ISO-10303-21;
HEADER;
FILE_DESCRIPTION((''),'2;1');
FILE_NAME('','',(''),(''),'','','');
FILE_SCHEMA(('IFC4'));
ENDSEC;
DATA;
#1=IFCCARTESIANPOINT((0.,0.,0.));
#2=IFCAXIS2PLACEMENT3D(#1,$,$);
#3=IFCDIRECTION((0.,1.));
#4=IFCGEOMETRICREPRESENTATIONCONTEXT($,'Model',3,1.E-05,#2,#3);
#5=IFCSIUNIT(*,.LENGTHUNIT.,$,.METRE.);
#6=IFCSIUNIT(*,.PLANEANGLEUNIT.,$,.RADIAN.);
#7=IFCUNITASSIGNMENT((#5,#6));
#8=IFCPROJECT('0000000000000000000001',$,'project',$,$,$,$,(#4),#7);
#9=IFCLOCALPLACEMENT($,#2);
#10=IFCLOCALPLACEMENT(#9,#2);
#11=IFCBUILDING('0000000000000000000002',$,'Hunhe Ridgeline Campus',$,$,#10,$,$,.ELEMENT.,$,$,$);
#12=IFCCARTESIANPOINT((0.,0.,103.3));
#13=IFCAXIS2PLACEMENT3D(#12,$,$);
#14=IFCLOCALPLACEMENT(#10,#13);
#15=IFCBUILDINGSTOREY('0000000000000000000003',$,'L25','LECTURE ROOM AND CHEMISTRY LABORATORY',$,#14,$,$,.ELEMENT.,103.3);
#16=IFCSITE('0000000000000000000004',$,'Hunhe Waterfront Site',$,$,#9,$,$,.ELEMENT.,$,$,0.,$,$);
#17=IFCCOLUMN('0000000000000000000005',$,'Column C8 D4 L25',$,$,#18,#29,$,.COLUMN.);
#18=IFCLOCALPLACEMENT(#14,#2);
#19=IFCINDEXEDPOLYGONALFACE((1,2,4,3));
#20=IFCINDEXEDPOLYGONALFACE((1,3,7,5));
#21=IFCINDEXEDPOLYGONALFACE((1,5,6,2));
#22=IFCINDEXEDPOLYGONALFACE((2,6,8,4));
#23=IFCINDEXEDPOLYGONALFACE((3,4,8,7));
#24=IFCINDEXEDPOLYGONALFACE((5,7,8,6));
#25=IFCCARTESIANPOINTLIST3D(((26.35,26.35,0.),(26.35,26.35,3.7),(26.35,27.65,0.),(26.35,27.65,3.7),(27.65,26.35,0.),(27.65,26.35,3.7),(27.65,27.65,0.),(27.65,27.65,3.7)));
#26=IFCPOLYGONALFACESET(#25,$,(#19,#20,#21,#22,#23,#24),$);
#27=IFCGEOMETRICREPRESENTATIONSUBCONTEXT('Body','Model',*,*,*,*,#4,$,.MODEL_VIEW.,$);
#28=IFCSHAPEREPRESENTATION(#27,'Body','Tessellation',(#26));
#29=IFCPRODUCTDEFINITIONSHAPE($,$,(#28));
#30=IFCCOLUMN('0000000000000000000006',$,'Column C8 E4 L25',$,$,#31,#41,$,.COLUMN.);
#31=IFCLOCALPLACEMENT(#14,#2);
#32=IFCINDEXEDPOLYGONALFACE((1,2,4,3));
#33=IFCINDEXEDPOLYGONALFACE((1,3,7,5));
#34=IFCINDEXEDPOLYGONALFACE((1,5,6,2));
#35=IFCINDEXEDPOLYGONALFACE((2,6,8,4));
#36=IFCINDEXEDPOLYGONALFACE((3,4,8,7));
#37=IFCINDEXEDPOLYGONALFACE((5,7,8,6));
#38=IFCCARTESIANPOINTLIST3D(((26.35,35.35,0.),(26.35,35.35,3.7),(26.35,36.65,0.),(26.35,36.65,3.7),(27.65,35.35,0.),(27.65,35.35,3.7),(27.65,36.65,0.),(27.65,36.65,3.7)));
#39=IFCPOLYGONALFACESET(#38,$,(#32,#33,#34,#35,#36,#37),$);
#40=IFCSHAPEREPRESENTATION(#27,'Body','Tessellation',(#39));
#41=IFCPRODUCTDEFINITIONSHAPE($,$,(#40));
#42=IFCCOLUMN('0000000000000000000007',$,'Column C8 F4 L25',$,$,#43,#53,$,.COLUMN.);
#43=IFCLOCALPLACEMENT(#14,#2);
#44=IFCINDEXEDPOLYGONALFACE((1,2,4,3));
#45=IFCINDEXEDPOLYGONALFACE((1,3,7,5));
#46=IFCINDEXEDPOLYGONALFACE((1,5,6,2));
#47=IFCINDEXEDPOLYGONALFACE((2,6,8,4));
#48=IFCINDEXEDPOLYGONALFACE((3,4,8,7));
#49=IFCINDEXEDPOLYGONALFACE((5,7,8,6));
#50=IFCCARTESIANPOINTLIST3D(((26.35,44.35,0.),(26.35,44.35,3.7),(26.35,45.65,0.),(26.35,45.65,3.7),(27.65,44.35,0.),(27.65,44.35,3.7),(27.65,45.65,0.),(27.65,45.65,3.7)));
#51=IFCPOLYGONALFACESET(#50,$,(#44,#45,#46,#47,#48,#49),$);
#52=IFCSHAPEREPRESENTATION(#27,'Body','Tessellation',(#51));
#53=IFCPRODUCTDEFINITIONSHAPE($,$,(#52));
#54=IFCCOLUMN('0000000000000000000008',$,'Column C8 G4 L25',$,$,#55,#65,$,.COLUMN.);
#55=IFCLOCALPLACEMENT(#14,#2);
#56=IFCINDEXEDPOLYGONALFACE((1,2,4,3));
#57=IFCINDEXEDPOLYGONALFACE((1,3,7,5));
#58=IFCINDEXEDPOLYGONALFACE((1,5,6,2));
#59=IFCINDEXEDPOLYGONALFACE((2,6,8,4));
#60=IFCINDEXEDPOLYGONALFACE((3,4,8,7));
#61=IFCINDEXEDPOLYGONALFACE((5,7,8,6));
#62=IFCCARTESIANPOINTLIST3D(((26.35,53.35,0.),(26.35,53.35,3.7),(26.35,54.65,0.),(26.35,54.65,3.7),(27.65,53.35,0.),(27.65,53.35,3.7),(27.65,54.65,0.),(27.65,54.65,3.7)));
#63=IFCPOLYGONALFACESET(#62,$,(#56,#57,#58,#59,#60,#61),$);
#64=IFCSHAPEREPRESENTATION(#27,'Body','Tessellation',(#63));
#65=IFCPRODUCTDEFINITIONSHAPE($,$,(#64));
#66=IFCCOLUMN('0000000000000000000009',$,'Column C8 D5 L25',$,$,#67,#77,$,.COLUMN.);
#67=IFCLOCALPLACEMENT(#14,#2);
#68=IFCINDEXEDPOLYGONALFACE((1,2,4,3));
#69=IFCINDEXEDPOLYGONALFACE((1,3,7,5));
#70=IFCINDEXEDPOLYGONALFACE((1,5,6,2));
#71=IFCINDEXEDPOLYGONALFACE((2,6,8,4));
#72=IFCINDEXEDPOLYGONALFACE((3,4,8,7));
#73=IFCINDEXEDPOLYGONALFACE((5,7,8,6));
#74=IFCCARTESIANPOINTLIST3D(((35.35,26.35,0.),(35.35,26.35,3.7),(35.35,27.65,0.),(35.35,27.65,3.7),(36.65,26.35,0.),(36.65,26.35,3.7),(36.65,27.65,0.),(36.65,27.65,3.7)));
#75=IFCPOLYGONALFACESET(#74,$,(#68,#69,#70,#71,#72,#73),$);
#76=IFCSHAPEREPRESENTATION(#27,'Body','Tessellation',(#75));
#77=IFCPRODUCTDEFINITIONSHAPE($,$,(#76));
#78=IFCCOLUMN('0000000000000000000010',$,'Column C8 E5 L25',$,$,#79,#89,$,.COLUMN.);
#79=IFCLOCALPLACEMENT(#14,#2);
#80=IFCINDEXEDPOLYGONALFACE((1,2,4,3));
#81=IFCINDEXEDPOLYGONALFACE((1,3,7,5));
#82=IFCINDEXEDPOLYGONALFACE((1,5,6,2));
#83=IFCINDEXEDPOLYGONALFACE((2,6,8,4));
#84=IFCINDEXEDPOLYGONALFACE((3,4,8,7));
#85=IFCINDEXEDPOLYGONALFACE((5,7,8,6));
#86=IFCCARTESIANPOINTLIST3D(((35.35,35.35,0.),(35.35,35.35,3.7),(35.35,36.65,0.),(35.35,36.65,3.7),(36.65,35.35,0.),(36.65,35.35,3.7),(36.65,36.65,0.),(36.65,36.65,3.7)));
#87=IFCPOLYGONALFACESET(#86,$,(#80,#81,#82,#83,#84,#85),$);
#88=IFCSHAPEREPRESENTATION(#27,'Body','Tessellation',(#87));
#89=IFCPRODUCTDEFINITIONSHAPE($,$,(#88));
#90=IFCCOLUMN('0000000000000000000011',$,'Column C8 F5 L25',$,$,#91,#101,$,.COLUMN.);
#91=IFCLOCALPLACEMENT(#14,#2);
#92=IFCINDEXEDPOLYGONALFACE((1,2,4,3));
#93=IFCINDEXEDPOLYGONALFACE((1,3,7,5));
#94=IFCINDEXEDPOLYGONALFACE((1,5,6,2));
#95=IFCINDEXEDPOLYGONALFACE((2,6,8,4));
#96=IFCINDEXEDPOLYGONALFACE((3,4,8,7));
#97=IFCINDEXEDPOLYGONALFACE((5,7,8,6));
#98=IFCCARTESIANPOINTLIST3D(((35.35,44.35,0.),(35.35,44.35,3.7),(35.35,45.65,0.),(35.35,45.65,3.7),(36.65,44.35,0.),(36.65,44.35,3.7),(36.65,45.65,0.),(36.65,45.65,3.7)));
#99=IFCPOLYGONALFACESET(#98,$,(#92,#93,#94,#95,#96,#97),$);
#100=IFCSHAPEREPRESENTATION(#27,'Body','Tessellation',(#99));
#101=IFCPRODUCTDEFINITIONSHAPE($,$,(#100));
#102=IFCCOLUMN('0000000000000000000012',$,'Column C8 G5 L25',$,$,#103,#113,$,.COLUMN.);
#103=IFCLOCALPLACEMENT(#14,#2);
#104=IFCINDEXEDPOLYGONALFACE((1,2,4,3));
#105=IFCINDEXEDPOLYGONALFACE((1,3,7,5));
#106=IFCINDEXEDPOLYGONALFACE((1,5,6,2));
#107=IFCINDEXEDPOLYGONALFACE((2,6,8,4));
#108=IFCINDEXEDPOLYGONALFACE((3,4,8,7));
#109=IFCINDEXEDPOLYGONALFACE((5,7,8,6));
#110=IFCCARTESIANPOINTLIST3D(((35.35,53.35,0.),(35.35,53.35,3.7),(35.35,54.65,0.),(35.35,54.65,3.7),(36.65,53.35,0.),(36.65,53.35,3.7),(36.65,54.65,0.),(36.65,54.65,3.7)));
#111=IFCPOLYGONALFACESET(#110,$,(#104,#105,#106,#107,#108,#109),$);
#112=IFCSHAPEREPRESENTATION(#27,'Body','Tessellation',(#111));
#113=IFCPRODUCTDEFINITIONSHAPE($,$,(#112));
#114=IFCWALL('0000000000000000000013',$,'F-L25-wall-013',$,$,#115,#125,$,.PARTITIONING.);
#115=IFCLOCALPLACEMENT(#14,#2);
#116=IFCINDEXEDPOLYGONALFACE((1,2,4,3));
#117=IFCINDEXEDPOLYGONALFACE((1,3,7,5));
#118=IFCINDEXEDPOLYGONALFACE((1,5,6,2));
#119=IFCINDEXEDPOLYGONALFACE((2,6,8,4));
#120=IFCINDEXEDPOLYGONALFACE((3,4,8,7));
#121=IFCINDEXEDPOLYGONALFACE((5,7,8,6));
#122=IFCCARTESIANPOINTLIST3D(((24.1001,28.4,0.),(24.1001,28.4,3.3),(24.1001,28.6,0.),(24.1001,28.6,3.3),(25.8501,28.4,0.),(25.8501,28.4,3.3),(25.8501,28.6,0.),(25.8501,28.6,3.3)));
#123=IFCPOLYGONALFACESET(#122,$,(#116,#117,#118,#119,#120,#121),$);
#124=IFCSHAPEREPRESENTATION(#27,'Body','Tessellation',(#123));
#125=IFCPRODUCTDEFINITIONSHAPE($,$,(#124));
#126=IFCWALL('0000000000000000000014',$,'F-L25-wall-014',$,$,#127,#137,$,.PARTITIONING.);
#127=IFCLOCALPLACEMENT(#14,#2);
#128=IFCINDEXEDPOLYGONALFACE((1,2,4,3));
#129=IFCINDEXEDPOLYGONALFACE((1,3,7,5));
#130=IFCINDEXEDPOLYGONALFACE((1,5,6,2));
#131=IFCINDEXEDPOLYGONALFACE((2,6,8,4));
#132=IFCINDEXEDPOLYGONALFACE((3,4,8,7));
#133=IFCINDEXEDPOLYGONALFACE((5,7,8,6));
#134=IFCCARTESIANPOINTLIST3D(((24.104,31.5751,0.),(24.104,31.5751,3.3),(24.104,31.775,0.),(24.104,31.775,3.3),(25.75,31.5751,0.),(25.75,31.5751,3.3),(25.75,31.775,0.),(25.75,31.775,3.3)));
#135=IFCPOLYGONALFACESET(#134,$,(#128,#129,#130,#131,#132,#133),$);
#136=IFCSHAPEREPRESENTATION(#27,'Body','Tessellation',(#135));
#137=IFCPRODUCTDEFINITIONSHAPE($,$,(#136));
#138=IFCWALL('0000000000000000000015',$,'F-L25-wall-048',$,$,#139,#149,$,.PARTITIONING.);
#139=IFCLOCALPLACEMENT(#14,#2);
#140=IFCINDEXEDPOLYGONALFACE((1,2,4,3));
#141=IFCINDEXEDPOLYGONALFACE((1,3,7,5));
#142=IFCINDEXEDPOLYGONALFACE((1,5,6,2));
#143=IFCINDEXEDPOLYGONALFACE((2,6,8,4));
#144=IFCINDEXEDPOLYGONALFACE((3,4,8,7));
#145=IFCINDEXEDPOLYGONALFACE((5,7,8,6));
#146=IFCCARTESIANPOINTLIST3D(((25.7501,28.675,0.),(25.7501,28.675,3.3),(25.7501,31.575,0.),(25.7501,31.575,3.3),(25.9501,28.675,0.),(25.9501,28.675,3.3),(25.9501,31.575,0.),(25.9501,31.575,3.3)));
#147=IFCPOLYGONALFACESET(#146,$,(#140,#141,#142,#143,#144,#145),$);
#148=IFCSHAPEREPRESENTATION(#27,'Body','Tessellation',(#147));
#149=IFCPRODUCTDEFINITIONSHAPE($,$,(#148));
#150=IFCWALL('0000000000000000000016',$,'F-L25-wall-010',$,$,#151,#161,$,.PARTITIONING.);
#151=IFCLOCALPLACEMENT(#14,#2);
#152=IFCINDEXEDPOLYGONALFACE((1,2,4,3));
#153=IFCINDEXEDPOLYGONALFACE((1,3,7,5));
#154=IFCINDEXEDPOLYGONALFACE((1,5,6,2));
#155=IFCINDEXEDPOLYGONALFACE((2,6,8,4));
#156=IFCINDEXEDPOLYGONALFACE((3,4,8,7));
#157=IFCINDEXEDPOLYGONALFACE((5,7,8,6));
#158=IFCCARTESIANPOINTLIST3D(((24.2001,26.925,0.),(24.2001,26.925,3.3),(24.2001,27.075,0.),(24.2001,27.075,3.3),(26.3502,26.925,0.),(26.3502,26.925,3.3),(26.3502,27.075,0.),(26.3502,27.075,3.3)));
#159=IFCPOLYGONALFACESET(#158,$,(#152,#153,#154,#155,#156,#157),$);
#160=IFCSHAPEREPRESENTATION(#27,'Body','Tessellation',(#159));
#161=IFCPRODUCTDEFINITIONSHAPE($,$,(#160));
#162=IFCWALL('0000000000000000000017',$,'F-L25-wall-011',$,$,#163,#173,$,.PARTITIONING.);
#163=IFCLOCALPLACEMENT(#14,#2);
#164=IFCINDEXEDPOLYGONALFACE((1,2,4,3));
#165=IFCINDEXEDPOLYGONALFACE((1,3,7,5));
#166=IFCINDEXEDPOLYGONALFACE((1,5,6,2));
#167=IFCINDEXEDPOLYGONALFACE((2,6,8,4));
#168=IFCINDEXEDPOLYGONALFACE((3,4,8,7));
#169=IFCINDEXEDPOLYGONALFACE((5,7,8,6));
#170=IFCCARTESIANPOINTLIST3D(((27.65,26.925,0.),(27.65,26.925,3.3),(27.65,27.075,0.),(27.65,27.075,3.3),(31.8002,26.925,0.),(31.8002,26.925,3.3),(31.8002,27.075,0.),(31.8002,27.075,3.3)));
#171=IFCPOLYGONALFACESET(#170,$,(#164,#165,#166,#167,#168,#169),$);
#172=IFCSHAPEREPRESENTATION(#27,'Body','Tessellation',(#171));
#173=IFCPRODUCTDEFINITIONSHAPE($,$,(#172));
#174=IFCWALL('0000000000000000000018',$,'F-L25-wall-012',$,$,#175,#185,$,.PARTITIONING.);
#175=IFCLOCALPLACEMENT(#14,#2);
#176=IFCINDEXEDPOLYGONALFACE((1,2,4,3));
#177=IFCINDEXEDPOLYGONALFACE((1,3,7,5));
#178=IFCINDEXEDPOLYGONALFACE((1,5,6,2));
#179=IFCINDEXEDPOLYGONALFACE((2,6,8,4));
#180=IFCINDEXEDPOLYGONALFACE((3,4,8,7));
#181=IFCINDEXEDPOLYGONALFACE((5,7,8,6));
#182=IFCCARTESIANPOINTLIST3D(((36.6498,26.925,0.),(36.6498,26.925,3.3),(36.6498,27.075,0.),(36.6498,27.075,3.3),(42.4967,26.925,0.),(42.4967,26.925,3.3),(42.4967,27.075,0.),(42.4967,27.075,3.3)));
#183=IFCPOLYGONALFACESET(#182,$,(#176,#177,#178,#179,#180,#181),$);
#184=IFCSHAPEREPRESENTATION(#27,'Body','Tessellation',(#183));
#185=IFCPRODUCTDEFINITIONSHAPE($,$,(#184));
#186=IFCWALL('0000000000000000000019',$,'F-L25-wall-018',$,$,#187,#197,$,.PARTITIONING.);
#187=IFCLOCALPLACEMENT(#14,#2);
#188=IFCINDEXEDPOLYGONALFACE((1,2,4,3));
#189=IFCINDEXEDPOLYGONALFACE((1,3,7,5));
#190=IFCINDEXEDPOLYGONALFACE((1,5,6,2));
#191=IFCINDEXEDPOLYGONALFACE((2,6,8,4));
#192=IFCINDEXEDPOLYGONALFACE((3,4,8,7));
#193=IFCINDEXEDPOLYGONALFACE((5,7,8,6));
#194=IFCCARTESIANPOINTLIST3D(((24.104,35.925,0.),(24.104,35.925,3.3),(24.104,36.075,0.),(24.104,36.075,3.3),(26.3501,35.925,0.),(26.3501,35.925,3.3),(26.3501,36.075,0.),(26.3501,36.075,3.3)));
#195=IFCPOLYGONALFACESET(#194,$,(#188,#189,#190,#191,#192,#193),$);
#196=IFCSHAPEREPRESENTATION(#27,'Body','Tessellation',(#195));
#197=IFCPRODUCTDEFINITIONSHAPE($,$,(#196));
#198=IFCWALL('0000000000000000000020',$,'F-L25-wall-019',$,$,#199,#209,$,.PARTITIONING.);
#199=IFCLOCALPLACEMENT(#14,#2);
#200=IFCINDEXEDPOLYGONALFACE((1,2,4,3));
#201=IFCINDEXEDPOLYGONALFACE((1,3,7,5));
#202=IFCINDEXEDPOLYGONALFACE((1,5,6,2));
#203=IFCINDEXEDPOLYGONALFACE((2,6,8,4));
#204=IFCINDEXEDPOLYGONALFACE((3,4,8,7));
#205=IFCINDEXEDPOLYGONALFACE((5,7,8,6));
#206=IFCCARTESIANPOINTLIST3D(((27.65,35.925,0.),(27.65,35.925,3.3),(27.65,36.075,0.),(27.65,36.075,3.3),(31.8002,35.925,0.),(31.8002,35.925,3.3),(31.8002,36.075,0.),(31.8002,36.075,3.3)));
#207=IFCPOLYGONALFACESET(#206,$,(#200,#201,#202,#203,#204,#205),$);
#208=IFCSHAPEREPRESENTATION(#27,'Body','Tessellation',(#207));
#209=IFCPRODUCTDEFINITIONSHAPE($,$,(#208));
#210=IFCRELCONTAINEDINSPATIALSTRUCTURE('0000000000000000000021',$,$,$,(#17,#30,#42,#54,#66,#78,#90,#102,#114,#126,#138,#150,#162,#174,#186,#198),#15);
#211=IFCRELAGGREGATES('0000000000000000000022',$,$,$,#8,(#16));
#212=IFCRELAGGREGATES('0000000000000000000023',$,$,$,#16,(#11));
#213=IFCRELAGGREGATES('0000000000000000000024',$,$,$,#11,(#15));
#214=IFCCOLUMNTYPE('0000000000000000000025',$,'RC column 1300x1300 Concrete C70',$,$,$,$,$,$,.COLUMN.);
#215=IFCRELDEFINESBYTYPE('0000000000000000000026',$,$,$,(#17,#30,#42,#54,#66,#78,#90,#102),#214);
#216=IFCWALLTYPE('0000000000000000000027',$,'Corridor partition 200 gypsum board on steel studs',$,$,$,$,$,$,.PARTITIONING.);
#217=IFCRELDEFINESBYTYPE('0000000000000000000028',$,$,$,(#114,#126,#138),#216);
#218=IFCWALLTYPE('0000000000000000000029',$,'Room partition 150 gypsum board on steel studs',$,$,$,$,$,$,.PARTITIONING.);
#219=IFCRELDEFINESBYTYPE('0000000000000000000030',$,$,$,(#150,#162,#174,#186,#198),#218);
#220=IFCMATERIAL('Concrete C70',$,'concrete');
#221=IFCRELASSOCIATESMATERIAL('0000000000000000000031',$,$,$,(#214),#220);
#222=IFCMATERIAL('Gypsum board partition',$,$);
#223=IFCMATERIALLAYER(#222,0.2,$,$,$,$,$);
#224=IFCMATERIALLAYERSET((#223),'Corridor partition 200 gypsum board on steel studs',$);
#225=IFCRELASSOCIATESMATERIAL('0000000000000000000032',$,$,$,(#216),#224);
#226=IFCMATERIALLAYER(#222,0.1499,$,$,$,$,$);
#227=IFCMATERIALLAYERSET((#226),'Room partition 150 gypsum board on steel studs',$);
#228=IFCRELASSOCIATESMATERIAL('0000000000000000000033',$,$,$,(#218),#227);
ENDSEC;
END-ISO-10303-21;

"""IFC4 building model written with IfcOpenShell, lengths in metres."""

from ifc_helpers import new_model, si_unit, direction, frame, frame_2d, origin, origin_2d, place, context, subcontext, project, spatial, rectangle, extrude, material, layer, layer_set, material_profile, profile_set, type_object, element, save


model = new_model("IFC4")

# Units and contexts
model_context = context("Model", 3, precision=1e-05, world=origin(), true_north=direction((0.0, 1.0)))
body_context = subcontext(model_context, "Body", "Model", "MODEL_VIEW")
ifc_project = project(units=[si_unit("LENGTHUNIT", "METRE"), si_unit("PLANEANGLEUNIT", "RADIAN")], contexts=[model_context])

# Site, building, storey
site_placement = place(None, origin())
site = spatial("IfcSite", under=ifc_project, at=site_placement, Name="Hunhe Waterfront Site", CompositionType="ELEMENT", RefElevation=0.0)
building_placement = place(site_placement, origin())
building = spatial("IfcBuilding", under=site, at=building_placement, Name="Hunhe Ridgeline Campus", CompositionType="ELEMENT")
storey_placement = place(building_placement, frame((0.0, 0.0, 103.3)))
storey = spatial("IfcBuildingStorey", under=building, at=storey_placement, Name="L25", Description="LECTURE ROOM AND CHEMISTRY LABORATORY", CompositionType="ELEMENT", Elevation=103.3)

# Columns
ifc_material_1 = material(Name="Concrete C70", Category="concrete")
ifc_material_profile = material_profile(ifc_material_1, rectangle(XDim=1.3, YDim=1.3, at=origin_2d()))
ifc_profile_set = profile_set([ifc_material_profile], Name="Concrete C70")
column_type = type_object("IfcColumnType", Name="RC column 1300x1300 Concrete C70", PredefinedType="COLUMN", material=ifc_profile_set)
for number, where, z_axis, x_axis, name in (
    (1, (27.0, 27.0, 0.0), (0.0, 0.0, 1.0), (1.0, 0.0, 0.0), "Column C8 D4 L25"),
    (2, (27.0, 36.0, 0.0), (0.0, 0.0, 1.0), (1.0, 0.0, 0.0), "Column C8 E4 L25"),
    (3, (27.0, 45.0, 0.0), (0.0, 0.0, 1.0), (1.0, 0.0, 0.0), "Column C8 F4 L25"),
    (4, (27.0, 54.0, 0.0), (0.0, 0.0, 1.0), (1.0, 0.0, 0.0), "Column C8 G4 L25"),
    (5, (36.0, 27.0, 0.0), (0.0, 0.0, 1.0), (1.0, 0.0, 0.0), "Column C8 D5 L25"),
    (6, (36.0, 36.0, 0.0), (0.0, 0.0, 1.0), (1.0, 0.0, 0.0), "Column C8 E5 L25"),
    (7, (36.0, 45.0, 0.0), (0.0, 0.0, 1.0), (1.0, 0.0, 0.0), "Column C8 F5 L25"),
    (8, (36.0, 54.0, 0.0), (0.0, 0.0, 1.0), (1.0, 0.0, 0.0), "Column C8 G5 L25"),
):
    element("IfcColumn", number, at=place(storey_placement, frame(where, z_axis=z_axis, x_axis=x_axis)), inside=storey, type_object=column_type, Name=name, PredefinedType="COLUMN", context=body_context, shape_type="SweptSolid", body=[
        extrude(rectangle(XDim=1.3, YDim=1.3, at=origin_2d()), origin(), (0.0, 0.0, 1.0), 3.7),
    ])

# Walls
ifc_material_2 = material(Name="Gypsum board partition")
ifc_layer_1 = layer(ifc_material_2, 0.2)
ifc_layer_set_1 = layer_set([ifc_layer_1], Name="Corridor partition 200 gypsum board on steel studs")
wall_type_1 = type_object("IfcWallType", Name="Corridor partition 200 gypsum board on steel studs", PredefinedType="PARTITIONING", material=ifc_layer_set_1)
wall_1_placement = place(storey_placement, frame((25.8501, 28.5, 0.0), z_axis=(0.0, 0.0, 1.0), x_axis=(-1.0, 0.0, 0.0)))
element("IfcWall", 9, at=wall_1_placement, inside=storey, type_object=wall_type_1, Name="F-L25-wall-013", PredefinedType="PARTITIONING", context=body_context, shape_type="SweptSolid", body=[
    extrude(rectangle(XDim=1.75, YDim=0.2, at=frame_2d((0.875, 0.0))), origin(), (0.0, 0.0, 1.0), 3.3),
])
wall_2_placement = place(storey_placement, frame((24.104, 31.675, 0.0), z_axis=(0.0, 0.0, 1.0), x_axis=(1.0, 0.0, 0.0)))
element("IfcWall", 10, at=wall_2_placement, inside=storey, type_object=wall_type_1, Name="F-L25-wall-014", PredefinedType="PARTITIONING", context=body_context, shape_type="SweptSolid", body=[
    extrude(rectangle(XDim=1.646, YDim=0.2, at=frame_2d((0.823, 0.0))), origin(), (0.0, 0.0, 1.0), 3.3),
])

# Walls
wall_3_placement = place(storey_placement, frame((25.8501, 31.575, 0.0), z_axis=(0.0, 0.0, 1.0), x_axis=(0.0, -1.0, 0.0)))
element("IfcWall", 11, at=wall_3_placement, inside=storey, type_object=wall_type_1, Name="F-L25-wall-048", PredefinedType="PARTITIONING", context=body_context, shape_type="SweptSolid", body=[
    extrude(rectangle(XDim=2.8999, YDim=0.2, at=frame_2d((1.45, 0.0))), origin(), (0.0, 0.0, 1.0), 3.3),
])
ifc_layer_2 = layer(ifc_material_2, 0.1499)
ifc_layer_set_2 = layer_set([ifc_layer_2], Name="Room partition 150 gypsum board on steel studs")
wall_type_2 = type_object("IfcWallType", Name="Room partition 150 gypsum board on steel studs", PredefinedType="PARTITIONING", material=ifc_layer_set_2)
wall_4_placement = place(storey_placement, frame((24.2, 27.0, 0.0), z_axis=(0.0, 0.0, 1.0), x_axis=(1.0, 0.0, 0.0)))
element("IfcWall", 12, at=wall_4_placement, inside=storey, type_object=wall_type_2, Name="F-L25-wall-010", PredefinedType="PARTITIONING", context=body_context, shape_type="SweptSolid", body=[
    extrude(rectangle(XDim=2.1501, YDim=0.1499, at=frame_2d((1.0752, 0.0))), origin(), (0.0, 0.0, 1.0), 3.3),
])
wall_5_placement = place(storey_placement, frame((27.6499, 27.0, 0.0), z_axis=(0.0, 0.0, 1.0), x_axis=(1.0, 0.0, 0.0)))
element("IfcWall", 13, at=wall_5_placement, inside=storey, type_object=wall_type_2, Name="F-L25-wall-011", PredefinedType="PARTITIONING", context=body_context, shape_type="SweptSolid", body=[
    extrude(rectangle(XDim=4.1501, YDim=0.1499, at=frame_2d((2.0752, 0.0))), origin(), (0.0, 0.0, 1.0), 3.3),
])
wall_6_placement = place(storey_placement, frame((36.6499, 27.0, 0.0), z_axis=(0.0, 0.0, 1.0), x_axis=(1.0, 0.0, 0.0)))
element("IfcWall", 14, at=wall_6_placement, inside=storey, type_object=wall_type_2, Name="F-L25-wall-012", PredefinedType="PARTITIONING", context=body_context, shape_type="SweptSolid", body=[
    extrude(rectangle(XDim=5.8469, YDim=0.1499, at=frame_2d((2.9233, 0.0))), origin(), (0.0, 0.0, 1.0), 3.3),
])
wall_7_placement = place(storey_placement, frame((24.104, 36.0, 0.0), z_axis=(0.0, 0.0, 1.0), x_axis=(1.0, 0.0, 0.0)))
element("IfcWall", 15, at=wall_7_placement, inside=storey, type_object=wall_type_2, Name="F-L25-wall-018", PredefinedType="PARTITIONING", context=body_context, shape_type="SweptSolid", body=[
    extrude(rectangle(XDim=2.2461, YDim=0.1499, at=frame_2d((1.123, 0.0))), origin(), (0.0, 0.0, 1.0), 3.3),
])
wall_8_placement = place(storey_placement, frame((27.6499, 36.0, 0.0), z_axis=(0.0, 0.0, 1.0), x_axis=(1.0, 0.0, 0.0)))
element("IfcWall", 16, at=wall_8_placement, inside=storey, type_object=wall_type_2, Name="F-L25-wall-019", PredefinedType="PARTITIONING", context=body_context, shape_type="SweptSolid", body=[
    extrude(rectangle(XDim=4.1501, YDim=0.1499, at=frame_2d((2.0752, 0.0))), origin(), (0.0, 0.0, 1.0), 3.3),
])

save(model, "model.ifc")
